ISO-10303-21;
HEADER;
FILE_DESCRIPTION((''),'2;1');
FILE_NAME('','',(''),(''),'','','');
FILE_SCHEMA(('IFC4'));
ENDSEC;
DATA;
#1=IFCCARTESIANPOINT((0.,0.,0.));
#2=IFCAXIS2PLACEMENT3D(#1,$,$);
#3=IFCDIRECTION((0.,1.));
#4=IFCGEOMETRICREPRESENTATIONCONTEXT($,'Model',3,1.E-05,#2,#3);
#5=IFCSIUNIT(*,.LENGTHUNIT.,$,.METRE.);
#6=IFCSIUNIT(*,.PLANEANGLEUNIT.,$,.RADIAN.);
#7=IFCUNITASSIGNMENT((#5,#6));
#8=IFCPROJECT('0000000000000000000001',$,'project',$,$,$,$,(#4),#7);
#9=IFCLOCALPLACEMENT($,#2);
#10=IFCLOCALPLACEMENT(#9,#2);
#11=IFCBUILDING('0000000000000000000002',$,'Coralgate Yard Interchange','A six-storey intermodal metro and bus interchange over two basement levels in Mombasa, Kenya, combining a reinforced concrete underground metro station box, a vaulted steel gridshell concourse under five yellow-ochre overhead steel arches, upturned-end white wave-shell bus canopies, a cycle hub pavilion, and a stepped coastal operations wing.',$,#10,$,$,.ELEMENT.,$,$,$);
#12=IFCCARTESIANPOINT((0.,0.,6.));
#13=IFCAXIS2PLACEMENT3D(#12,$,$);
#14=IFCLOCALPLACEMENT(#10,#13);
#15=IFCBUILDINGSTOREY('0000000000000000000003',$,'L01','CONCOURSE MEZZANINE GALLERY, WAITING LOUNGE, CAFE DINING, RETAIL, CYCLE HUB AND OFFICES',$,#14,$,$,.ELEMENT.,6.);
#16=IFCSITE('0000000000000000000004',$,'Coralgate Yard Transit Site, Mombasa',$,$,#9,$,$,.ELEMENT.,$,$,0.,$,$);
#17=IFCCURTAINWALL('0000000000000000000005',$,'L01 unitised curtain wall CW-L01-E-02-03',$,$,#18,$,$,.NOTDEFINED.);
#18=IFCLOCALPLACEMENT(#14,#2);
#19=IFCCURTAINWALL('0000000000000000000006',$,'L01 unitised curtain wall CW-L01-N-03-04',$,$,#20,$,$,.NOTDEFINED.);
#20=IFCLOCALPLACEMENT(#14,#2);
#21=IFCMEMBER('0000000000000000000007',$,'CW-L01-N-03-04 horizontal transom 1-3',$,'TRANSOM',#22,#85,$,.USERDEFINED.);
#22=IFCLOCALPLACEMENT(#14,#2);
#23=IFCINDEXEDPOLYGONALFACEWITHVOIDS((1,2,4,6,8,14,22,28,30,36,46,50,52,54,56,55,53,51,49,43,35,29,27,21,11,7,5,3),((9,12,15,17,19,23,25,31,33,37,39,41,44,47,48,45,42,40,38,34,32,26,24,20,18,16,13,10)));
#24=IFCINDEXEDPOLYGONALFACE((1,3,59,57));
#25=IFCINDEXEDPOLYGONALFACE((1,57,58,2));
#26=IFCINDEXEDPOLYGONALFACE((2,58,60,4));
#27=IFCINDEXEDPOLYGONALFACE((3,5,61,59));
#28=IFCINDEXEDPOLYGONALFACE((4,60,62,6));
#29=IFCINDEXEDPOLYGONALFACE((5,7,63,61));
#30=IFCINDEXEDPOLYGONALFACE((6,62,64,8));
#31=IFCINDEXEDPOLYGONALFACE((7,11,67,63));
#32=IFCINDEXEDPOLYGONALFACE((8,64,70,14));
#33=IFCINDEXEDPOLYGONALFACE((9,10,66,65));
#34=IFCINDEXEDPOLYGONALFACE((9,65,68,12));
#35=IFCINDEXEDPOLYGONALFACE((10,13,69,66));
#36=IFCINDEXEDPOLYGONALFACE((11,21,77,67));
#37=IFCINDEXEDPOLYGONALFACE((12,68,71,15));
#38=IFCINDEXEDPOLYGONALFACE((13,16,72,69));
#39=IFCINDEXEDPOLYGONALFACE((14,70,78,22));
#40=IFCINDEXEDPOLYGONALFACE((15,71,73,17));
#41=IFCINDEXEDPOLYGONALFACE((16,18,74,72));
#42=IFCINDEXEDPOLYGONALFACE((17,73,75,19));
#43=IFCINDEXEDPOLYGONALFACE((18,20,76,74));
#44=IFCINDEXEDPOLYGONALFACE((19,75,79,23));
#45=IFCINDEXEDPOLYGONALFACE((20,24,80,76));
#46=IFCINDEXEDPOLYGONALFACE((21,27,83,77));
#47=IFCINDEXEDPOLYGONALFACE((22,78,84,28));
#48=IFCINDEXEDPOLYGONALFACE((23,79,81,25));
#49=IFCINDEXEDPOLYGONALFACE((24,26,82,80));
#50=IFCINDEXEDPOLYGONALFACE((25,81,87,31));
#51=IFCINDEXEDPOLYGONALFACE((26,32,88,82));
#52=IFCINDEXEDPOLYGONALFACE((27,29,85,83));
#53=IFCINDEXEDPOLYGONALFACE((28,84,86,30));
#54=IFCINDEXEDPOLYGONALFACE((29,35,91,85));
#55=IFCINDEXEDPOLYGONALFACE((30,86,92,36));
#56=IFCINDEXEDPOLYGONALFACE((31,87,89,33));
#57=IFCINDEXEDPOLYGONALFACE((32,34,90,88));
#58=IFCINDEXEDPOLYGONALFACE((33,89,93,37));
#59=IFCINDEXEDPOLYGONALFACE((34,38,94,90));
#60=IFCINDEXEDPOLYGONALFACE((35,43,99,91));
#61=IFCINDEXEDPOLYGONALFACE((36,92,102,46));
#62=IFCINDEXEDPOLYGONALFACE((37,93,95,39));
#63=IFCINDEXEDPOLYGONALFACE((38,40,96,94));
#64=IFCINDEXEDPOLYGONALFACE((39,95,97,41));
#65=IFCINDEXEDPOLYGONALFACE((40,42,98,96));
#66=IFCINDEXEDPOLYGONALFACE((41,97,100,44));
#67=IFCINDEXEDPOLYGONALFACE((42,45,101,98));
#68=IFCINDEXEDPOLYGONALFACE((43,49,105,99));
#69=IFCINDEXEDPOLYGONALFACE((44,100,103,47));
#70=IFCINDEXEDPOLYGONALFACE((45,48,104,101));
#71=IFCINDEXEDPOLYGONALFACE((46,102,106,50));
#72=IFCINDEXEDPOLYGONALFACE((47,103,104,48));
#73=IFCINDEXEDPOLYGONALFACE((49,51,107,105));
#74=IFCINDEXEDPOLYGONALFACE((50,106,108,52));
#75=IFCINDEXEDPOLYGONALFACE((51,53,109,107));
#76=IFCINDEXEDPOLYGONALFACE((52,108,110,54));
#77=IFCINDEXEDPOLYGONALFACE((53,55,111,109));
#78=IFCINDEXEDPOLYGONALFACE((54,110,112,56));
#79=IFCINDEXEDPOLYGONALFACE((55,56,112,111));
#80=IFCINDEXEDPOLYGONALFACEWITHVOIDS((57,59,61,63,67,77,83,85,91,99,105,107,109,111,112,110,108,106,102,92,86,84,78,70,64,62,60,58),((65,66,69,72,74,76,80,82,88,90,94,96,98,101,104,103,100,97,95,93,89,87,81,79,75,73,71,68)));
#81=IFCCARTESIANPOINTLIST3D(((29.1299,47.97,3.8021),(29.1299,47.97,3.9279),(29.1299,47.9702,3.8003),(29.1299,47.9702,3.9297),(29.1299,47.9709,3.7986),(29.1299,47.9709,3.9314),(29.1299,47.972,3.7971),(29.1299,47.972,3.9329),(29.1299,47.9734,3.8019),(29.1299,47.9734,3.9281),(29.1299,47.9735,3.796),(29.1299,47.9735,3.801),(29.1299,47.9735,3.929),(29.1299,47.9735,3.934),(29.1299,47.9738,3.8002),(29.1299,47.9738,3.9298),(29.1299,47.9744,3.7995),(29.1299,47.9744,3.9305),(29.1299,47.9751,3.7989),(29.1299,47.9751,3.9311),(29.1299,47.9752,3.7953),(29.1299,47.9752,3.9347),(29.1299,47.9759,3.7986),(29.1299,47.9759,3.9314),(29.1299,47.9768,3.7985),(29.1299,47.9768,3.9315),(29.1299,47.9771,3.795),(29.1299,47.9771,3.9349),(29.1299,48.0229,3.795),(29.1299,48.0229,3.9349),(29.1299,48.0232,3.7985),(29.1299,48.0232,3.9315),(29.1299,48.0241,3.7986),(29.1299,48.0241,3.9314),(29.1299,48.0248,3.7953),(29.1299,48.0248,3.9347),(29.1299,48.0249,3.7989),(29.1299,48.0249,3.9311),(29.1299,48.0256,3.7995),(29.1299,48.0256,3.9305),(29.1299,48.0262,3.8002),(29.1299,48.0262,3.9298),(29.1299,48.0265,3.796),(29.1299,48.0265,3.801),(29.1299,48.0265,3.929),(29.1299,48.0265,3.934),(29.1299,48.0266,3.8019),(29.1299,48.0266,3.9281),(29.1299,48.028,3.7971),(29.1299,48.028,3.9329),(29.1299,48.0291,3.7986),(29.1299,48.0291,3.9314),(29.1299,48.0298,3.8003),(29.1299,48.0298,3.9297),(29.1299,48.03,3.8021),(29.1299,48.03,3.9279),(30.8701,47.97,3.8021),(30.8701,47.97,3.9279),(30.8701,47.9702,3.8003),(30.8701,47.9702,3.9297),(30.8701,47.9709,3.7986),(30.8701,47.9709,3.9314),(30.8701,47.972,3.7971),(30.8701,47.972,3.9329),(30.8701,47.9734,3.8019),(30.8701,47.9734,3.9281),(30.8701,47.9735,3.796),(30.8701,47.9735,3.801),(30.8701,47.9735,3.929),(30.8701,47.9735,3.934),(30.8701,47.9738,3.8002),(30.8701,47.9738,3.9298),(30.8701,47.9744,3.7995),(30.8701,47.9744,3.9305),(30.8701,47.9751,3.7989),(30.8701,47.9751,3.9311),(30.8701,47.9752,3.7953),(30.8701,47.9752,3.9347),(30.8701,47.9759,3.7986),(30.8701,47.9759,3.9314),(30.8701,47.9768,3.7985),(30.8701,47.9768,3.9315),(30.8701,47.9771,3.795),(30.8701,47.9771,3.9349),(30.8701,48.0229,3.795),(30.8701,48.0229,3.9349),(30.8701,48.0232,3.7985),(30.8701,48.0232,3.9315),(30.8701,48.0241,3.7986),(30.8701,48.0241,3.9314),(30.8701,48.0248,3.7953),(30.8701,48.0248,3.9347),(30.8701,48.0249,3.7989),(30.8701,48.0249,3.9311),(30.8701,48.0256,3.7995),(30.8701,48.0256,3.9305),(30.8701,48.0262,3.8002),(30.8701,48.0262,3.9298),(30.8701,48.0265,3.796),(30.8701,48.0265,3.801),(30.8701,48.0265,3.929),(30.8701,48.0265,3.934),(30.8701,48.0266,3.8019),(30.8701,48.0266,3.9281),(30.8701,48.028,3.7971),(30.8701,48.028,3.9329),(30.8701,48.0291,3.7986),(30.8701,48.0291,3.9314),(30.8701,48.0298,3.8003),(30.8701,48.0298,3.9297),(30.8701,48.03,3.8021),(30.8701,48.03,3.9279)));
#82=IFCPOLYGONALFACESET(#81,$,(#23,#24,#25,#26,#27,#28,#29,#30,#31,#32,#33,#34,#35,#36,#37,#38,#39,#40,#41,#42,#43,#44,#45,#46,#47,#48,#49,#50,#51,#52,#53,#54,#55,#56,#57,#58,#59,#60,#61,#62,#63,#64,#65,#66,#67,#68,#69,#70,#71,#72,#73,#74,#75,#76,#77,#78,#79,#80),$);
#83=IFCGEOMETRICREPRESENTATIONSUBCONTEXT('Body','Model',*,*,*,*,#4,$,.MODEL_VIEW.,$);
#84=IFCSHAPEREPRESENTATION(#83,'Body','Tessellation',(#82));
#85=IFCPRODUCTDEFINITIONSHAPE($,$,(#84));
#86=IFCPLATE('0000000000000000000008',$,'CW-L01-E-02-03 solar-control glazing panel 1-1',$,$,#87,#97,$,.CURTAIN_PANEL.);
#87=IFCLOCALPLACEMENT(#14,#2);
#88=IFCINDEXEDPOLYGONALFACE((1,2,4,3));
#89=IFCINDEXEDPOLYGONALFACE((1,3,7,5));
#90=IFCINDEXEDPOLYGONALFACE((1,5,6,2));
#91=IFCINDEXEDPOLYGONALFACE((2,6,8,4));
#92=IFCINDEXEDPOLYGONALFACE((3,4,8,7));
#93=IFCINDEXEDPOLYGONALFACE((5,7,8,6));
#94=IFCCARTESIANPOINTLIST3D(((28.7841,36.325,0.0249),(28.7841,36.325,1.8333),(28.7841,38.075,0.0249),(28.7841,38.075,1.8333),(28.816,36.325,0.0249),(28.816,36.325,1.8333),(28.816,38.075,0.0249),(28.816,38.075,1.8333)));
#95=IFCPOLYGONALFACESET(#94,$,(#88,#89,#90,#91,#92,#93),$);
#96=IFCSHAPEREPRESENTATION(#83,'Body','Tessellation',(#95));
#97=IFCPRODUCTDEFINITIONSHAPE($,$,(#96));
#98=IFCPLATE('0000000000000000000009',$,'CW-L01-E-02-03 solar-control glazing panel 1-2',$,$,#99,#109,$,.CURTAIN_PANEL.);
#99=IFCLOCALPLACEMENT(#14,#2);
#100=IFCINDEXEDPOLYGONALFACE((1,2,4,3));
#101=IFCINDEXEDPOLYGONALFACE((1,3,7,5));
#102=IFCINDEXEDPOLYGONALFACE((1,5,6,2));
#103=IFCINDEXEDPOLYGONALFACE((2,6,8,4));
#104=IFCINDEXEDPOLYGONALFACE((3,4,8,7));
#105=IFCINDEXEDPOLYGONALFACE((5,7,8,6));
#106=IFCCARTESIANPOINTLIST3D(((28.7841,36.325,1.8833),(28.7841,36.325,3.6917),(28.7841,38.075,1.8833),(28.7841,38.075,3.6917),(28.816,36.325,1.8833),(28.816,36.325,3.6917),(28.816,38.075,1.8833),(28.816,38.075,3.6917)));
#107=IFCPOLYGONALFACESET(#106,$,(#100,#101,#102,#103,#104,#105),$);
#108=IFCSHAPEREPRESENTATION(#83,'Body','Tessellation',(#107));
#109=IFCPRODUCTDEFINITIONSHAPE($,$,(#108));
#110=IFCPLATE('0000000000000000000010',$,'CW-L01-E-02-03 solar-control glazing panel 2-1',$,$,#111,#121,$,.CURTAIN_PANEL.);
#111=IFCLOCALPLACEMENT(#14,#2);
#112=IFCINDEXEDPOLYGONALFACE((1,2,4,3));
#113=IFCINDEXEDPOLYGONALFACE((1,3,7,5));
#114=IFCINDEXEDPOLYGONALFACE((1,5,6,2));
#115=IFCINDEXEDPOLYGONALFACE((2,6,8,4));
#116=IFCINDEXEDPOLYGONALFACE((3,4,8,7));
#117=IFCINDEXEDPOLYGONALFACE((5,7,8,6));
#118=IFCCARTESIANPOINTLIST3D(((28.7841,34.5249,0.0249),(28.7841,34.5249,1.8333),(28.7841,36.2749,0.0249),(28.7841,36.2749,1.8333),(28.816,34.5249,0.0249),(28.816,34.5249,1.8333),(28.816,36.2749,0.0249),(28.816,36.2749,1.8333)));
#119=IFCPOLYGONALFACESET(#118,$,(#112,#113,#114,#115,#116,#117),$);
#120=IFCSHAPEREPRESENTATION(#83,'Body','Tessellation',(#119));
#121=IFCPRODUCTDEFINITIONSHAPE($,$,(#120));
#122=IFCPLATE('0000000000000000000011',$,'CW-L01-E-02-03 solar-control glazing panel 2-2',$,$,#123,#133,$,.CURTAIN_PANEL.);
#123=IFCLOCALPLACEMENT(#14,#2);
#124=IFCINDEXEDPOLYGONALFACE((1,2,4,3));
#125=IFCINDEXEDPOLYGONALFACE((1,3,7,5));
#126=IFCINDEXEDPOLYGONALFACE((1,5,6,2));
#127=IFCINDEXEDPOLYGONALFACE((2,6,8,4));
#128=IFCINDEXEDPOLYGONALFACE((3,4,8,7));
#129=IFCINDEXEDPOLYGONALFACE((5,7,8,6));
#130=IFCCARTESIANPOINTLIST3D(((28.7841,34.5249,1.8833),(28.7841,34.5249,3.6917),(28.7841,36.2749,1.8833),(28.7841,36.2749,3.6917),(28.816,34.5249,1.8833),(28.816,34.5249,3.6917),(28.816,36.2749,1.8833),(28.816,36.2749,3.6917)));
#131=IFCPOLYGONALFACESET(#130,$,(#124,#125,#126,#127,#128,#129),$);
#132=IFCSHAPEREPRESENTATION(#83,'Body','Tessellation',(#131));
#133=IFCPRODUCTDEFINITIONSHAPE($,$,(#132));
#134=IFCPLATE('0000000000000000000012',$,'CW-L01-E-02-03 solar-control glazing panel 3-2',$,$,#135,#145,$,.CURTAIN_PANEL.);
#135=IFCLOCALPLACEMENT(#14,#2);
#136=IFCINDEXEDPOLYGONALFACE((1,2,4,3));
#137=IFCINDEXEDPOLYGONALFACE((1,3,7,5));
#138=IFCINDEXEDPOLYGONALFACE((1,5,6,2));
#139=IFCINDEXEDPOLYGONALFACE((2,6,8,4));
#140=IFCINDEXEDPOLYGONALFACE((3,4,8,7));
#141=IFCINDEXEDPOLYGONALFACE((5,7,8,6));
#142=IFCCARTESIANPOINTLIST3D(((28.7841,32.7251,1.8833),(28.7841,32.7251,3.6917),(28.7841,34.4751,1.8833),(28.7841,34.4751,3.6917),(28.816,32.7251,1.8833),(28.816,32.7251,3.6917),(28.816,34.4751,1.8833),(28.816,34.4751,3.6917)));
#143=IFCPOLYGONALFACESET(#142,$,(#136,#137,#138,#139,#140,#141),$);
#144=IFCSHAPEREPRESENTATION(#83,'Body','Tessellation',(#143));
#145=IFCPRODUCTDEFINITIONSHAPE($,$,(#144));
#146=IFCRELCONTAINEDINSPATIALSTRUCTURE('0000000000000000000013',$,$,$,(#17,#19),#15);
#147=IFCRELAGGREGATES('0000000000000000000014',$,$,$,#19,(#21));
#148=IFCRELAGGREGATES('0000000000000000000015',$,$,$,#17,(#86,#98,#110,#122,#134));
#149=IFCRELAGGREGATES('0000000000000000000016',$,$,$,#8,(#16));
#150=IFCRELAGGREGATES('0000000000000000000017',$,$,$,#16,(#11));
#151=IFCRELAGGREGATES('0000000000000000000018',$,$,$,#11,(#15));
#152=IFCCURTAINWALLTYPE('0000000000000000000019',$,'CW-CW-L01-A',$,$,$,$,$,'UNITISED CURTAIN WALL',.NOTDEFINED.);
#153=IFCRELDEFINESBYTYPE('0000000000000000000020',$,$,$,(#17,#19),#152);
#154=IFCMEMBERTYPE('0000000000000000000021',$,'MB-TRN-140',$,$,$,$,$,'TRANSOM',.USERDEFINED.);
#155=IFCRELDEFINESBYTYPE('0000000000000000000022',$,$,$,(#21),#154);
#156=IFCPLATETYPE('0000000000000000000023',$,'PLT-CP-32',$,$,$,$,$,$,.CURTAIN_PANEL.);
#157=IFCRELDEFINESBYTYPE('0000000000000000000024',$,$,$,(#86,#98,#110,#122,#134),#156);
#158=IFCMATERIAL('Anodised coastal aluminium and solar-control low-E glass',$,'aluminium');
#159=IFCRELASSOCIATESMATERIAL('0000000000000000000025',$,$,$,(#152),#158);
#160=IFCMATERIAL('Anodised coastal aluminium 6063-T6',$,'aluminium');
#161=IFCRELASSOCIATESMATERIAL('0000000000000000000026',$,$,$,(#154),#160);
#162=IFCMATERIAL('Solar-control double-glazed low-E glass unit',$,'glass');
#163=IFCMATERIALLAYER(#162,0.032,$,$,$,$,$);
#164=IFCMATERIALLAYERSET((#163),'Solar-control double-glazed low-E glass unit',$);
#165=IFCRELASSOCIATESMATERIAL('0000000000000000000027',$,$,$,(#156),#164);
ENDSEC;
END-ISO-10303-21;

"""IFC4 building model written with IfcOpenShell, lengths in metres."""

from ifc_helpers import new_model, si_unit, direction, frame, origin, origin_2d, place, context, subcontext, project, spatial, rectangle, hollow_rectangle, extrude, material, layer, layer_set, material_profile, profile_set, type_object, element, aggregate, save


model = new_model("IFC4")

# Units and contexts
model_context = context("Model", 3, precision=1e-05, world=origin(), true_north=direction((0.0, 1.0)))
body_context = subcontext(model_context, "Body", "Model", "MODEL_VIEW")
ifc_project = project(units=[si_unit("LENGTHUNIT", "METRE"), si_unit("PLANEANGLEUNIT", "RADIAN")], contexts=[model_context])

# Site, building, storey
site_placement = place(None, origin())
site = spatial("IfcSite", under=ifc_project, at=site_placement, Name="Coralgate Yard Transit Site, Mombasa", CompositionType="ELEMENT", RefElevation=0.0)
building_placement = place(site_placement, origin())
building = spatial("IfcBuilding", under=site, at=building_placement, Name="Coralgate Yard Interchange", Description="A six-storey intermodal metro and bus interchange over two basement levels in Mombasa, Kenya, combining a reinforced concrete underground metro station box, a vaulted steel gridshell concourse under five yellow-ochre overhead steel arches, upturned-end white wave-shell bus canopies, a cycle hub pavilion, and a stepped coastal operations wing.", CompositionType="ELEMENT")
storey_placement = place(building_placement, frame((0.0, 0.0, 6.0)))
storey = spatial("IfcBuildingStorey", under=building, at=storey_placement, Name="L01", Description="CONCOURSE MEZZANINE GALLERY, WAITING LOUNGE, CAFE DINING, RETAIL, CYCLE HUB AND OFFICES", CompositionType="ELEMENT", Elevation=6.0)

# Curtain wall
ifc_material_1 = material(Name="Anodised coastal aluminium and solar-control low-E glass", Category="aluminium")
curtain_wall_type_1 = type_object("IfcCurtainWallType", Name="CW-CW-L01-A", ElementType="UNITISED CURTAIN WALL", PredefinedType="NOTDEFINED", material=ifc_material_1)
curtain_wall_1_placement = place(storey_placement, origin())
curtain_wall_1 = element("IfcCurtainWall", 1, at=curtain_wall_1_placement, inside=storey, type_object=curtain_wall_type_1, Name="L01 unitised curtain wall CW-L01-E-02-03", PredefinedType="NOTDEFINED")
ifc_material_2 = material(Name="Anodised coastal aluminium 6063-T6", Category="aluminium")

# Curtain wall
curtain_wall_2_placement = place(storey_placement, origin())
curtain_wall_2 = element("IfcCurtainWall", 2, at=curtain_wall_2_placement, inside=storey, type_object=curtain_wall_type_1, Name="L01 unitised curtain wall CW-L01-N-03-04", PredefinedType="NOTDEFINED")

# Member
ifc_material_profile_1 = material_profile(ifc_material_2, hollow_rectangle(XDim=0.0601, YDim=0.1399, WallThickness=0.0034, InnerFilletRadius=0.0034, OuterFilletRadius=0.0071, at=origin_2d()), Name="ALU 60x140x3.5")
ifc_profile_set_1 = profile_set([ifc_material_profile_1], Name="Anodised coastal aluminium 6063-T6")
member_type_1 = type_object("IfcMemberType", Name="MB-TRN-140", ElementType="TRANSOM", PredefinedType="USERDEFINED", material=ifc_profile_set_1)
member_1_placement = place(storey_placement, frame((29.1299, 48.0, 3.865), z_axis=(1.0, 0.0, 0.0), x_axis=(0.0, 1.0, 0.0)))
member_1 = element("IfcMember", 3, at=member_1_placement, type_object=member_type_1, Name="CW-L01-N-03-04 horizontal transom 1-3", ObjectType="TRANSOM", PredefinedType="USERDEFINED", context=body_context, shape_type="SweptSolid", body=[
    extrude(hollow_rectangle(XDim=0.0601, YDim=0.1399, WallThickness=0.0034, InnerFilletRadius=0.0034, OuterFilletRadius=0.0071, at=origin_2d()), origin(), (0.0, 0.0, 1.0), 1.7402),
])
aggregate(curtain_wall_2, [member_1])

# Plates
ifc_material_3 = material(Name="Solar-control double-glazed low-E glass unit", Category="glass")
ifc_layer = layer(ifc_material_3, 0.032)
ifc_layer_set = layer_set([ifc_layer], Name="Solar-control double-glazed low-E glass unit")
plate_type = type_object("IfcPlateType", Name="PLT-CP-32", PredefinedType="CURTAIN_PANEL", material=ifc_layer_set)
plate_1_placement = place(storey_placement, frame((28.8, 37.2, 0.0249), z_axis=(0.0, 0.0, 1.0), x_axis=(0.0, -1.0, 0.0)))
plate_1 = element("IfcPlate", 4, at=plate_1_placement, type_object=plate_type, Name="CW-L01-E-02-03 solar-control glazing panel 1-1", PredefinedType="CURTAIN_PANEL", context=body_context, shape_type="SweptSolid", body=[
    extrude(rectangle(XDim=1.75, YDim=0.032, at=origin_2d()), origin(), (0.0, 0.0, 1.0), 1.8083),
])
plate_2_placement = place(storey_placement, frame((28.8, 37.2, 1.8833), z_axis=(0.0, 0.0, 1.0), x_axis=(0.0, -1.0, 0.0)))
plate_2 = element("IfcPlate", 5, at=plate_2_placement, type_object=plate_type, Name="CW-L01-E-02-03 solar-control glazing panel 1-2", PredefinedType="CURTAIN_PANEL", context=body_context, shape_type="SweptSolid", body=[
    extrude(rectangle(XDim=1.75, YDim=0.032, at=origin_2d()), origin(), (0.0, 0.0, 1.0), 1.8083),
])
plate_3_placement = place(storey_placement, frame((28.8, 35.3999, 0.0249), z_axis=(0.0, 0.0, 1.0), x_axis=(0.0, -1.0, 0.0)))
plate_3 = element("IfcPlate", 6, at=plate_3_placement, type_object=plate_type, Name="CW-L01-E-02-03 solar-control glazing panel 2-1", PredefinedType="CURTAIN_PANEL", context=body_context, shape_type="SweptSolid", body=[
    extrude(rectangle(XDim=1.75, YDim=0.032, at=origin_2d()), origin(), (0.0, 0.0, 1.0), 1.8083),
])
plate_4_placement = place(storey_placement, frame((28.8, 35.3999, 1.8833), z_axis=(0.0, 0.0, 1.0), x_axis=(0.0, -1.0, 0.0)))
plate_4 = element("IfcPlate", 7, at=plate_4_placement, type_object=plate_type, Name="CW-L01-E-02-03 solar-control glazing panel 2-2", PredefinedType="CURTAIN_PANEL", context=body_context, shape_type="SweptSolid", body=[
    extrude(rectangle(XDim=1.75, YDim=0.032, at=origin_2d()), origin(), (0.0, 0.0, 1.0), 1.8083),
])
plate_5_placement = place(storey_placement, frame((28.8, 33.6001, 1.8833), z_axis=(0.0, 0.0, 1.0), x_axis=(0.0, -1.0, 0.0)))
plate_5 = element("IfcPlate", 8, at=plate_5_placement, type_object=plate_type, Name="CW-L01-E-02-03 solar-control glazing panel 3-2", PredefinedType="CURTAIN_PANEL", context=body_context, shape_type="SweptSolid", body=[
    extrude(rectangle(XDim=1.75, YDim=0.032, at=origin_2d()), origin(), (0.0, 0.0, 1.0), 1.8083),
])
aggregate(curtain_wall_1, [plate_1, plate_2, plate_3, plate_4, plate_5])

save(model, "model.ifc")
